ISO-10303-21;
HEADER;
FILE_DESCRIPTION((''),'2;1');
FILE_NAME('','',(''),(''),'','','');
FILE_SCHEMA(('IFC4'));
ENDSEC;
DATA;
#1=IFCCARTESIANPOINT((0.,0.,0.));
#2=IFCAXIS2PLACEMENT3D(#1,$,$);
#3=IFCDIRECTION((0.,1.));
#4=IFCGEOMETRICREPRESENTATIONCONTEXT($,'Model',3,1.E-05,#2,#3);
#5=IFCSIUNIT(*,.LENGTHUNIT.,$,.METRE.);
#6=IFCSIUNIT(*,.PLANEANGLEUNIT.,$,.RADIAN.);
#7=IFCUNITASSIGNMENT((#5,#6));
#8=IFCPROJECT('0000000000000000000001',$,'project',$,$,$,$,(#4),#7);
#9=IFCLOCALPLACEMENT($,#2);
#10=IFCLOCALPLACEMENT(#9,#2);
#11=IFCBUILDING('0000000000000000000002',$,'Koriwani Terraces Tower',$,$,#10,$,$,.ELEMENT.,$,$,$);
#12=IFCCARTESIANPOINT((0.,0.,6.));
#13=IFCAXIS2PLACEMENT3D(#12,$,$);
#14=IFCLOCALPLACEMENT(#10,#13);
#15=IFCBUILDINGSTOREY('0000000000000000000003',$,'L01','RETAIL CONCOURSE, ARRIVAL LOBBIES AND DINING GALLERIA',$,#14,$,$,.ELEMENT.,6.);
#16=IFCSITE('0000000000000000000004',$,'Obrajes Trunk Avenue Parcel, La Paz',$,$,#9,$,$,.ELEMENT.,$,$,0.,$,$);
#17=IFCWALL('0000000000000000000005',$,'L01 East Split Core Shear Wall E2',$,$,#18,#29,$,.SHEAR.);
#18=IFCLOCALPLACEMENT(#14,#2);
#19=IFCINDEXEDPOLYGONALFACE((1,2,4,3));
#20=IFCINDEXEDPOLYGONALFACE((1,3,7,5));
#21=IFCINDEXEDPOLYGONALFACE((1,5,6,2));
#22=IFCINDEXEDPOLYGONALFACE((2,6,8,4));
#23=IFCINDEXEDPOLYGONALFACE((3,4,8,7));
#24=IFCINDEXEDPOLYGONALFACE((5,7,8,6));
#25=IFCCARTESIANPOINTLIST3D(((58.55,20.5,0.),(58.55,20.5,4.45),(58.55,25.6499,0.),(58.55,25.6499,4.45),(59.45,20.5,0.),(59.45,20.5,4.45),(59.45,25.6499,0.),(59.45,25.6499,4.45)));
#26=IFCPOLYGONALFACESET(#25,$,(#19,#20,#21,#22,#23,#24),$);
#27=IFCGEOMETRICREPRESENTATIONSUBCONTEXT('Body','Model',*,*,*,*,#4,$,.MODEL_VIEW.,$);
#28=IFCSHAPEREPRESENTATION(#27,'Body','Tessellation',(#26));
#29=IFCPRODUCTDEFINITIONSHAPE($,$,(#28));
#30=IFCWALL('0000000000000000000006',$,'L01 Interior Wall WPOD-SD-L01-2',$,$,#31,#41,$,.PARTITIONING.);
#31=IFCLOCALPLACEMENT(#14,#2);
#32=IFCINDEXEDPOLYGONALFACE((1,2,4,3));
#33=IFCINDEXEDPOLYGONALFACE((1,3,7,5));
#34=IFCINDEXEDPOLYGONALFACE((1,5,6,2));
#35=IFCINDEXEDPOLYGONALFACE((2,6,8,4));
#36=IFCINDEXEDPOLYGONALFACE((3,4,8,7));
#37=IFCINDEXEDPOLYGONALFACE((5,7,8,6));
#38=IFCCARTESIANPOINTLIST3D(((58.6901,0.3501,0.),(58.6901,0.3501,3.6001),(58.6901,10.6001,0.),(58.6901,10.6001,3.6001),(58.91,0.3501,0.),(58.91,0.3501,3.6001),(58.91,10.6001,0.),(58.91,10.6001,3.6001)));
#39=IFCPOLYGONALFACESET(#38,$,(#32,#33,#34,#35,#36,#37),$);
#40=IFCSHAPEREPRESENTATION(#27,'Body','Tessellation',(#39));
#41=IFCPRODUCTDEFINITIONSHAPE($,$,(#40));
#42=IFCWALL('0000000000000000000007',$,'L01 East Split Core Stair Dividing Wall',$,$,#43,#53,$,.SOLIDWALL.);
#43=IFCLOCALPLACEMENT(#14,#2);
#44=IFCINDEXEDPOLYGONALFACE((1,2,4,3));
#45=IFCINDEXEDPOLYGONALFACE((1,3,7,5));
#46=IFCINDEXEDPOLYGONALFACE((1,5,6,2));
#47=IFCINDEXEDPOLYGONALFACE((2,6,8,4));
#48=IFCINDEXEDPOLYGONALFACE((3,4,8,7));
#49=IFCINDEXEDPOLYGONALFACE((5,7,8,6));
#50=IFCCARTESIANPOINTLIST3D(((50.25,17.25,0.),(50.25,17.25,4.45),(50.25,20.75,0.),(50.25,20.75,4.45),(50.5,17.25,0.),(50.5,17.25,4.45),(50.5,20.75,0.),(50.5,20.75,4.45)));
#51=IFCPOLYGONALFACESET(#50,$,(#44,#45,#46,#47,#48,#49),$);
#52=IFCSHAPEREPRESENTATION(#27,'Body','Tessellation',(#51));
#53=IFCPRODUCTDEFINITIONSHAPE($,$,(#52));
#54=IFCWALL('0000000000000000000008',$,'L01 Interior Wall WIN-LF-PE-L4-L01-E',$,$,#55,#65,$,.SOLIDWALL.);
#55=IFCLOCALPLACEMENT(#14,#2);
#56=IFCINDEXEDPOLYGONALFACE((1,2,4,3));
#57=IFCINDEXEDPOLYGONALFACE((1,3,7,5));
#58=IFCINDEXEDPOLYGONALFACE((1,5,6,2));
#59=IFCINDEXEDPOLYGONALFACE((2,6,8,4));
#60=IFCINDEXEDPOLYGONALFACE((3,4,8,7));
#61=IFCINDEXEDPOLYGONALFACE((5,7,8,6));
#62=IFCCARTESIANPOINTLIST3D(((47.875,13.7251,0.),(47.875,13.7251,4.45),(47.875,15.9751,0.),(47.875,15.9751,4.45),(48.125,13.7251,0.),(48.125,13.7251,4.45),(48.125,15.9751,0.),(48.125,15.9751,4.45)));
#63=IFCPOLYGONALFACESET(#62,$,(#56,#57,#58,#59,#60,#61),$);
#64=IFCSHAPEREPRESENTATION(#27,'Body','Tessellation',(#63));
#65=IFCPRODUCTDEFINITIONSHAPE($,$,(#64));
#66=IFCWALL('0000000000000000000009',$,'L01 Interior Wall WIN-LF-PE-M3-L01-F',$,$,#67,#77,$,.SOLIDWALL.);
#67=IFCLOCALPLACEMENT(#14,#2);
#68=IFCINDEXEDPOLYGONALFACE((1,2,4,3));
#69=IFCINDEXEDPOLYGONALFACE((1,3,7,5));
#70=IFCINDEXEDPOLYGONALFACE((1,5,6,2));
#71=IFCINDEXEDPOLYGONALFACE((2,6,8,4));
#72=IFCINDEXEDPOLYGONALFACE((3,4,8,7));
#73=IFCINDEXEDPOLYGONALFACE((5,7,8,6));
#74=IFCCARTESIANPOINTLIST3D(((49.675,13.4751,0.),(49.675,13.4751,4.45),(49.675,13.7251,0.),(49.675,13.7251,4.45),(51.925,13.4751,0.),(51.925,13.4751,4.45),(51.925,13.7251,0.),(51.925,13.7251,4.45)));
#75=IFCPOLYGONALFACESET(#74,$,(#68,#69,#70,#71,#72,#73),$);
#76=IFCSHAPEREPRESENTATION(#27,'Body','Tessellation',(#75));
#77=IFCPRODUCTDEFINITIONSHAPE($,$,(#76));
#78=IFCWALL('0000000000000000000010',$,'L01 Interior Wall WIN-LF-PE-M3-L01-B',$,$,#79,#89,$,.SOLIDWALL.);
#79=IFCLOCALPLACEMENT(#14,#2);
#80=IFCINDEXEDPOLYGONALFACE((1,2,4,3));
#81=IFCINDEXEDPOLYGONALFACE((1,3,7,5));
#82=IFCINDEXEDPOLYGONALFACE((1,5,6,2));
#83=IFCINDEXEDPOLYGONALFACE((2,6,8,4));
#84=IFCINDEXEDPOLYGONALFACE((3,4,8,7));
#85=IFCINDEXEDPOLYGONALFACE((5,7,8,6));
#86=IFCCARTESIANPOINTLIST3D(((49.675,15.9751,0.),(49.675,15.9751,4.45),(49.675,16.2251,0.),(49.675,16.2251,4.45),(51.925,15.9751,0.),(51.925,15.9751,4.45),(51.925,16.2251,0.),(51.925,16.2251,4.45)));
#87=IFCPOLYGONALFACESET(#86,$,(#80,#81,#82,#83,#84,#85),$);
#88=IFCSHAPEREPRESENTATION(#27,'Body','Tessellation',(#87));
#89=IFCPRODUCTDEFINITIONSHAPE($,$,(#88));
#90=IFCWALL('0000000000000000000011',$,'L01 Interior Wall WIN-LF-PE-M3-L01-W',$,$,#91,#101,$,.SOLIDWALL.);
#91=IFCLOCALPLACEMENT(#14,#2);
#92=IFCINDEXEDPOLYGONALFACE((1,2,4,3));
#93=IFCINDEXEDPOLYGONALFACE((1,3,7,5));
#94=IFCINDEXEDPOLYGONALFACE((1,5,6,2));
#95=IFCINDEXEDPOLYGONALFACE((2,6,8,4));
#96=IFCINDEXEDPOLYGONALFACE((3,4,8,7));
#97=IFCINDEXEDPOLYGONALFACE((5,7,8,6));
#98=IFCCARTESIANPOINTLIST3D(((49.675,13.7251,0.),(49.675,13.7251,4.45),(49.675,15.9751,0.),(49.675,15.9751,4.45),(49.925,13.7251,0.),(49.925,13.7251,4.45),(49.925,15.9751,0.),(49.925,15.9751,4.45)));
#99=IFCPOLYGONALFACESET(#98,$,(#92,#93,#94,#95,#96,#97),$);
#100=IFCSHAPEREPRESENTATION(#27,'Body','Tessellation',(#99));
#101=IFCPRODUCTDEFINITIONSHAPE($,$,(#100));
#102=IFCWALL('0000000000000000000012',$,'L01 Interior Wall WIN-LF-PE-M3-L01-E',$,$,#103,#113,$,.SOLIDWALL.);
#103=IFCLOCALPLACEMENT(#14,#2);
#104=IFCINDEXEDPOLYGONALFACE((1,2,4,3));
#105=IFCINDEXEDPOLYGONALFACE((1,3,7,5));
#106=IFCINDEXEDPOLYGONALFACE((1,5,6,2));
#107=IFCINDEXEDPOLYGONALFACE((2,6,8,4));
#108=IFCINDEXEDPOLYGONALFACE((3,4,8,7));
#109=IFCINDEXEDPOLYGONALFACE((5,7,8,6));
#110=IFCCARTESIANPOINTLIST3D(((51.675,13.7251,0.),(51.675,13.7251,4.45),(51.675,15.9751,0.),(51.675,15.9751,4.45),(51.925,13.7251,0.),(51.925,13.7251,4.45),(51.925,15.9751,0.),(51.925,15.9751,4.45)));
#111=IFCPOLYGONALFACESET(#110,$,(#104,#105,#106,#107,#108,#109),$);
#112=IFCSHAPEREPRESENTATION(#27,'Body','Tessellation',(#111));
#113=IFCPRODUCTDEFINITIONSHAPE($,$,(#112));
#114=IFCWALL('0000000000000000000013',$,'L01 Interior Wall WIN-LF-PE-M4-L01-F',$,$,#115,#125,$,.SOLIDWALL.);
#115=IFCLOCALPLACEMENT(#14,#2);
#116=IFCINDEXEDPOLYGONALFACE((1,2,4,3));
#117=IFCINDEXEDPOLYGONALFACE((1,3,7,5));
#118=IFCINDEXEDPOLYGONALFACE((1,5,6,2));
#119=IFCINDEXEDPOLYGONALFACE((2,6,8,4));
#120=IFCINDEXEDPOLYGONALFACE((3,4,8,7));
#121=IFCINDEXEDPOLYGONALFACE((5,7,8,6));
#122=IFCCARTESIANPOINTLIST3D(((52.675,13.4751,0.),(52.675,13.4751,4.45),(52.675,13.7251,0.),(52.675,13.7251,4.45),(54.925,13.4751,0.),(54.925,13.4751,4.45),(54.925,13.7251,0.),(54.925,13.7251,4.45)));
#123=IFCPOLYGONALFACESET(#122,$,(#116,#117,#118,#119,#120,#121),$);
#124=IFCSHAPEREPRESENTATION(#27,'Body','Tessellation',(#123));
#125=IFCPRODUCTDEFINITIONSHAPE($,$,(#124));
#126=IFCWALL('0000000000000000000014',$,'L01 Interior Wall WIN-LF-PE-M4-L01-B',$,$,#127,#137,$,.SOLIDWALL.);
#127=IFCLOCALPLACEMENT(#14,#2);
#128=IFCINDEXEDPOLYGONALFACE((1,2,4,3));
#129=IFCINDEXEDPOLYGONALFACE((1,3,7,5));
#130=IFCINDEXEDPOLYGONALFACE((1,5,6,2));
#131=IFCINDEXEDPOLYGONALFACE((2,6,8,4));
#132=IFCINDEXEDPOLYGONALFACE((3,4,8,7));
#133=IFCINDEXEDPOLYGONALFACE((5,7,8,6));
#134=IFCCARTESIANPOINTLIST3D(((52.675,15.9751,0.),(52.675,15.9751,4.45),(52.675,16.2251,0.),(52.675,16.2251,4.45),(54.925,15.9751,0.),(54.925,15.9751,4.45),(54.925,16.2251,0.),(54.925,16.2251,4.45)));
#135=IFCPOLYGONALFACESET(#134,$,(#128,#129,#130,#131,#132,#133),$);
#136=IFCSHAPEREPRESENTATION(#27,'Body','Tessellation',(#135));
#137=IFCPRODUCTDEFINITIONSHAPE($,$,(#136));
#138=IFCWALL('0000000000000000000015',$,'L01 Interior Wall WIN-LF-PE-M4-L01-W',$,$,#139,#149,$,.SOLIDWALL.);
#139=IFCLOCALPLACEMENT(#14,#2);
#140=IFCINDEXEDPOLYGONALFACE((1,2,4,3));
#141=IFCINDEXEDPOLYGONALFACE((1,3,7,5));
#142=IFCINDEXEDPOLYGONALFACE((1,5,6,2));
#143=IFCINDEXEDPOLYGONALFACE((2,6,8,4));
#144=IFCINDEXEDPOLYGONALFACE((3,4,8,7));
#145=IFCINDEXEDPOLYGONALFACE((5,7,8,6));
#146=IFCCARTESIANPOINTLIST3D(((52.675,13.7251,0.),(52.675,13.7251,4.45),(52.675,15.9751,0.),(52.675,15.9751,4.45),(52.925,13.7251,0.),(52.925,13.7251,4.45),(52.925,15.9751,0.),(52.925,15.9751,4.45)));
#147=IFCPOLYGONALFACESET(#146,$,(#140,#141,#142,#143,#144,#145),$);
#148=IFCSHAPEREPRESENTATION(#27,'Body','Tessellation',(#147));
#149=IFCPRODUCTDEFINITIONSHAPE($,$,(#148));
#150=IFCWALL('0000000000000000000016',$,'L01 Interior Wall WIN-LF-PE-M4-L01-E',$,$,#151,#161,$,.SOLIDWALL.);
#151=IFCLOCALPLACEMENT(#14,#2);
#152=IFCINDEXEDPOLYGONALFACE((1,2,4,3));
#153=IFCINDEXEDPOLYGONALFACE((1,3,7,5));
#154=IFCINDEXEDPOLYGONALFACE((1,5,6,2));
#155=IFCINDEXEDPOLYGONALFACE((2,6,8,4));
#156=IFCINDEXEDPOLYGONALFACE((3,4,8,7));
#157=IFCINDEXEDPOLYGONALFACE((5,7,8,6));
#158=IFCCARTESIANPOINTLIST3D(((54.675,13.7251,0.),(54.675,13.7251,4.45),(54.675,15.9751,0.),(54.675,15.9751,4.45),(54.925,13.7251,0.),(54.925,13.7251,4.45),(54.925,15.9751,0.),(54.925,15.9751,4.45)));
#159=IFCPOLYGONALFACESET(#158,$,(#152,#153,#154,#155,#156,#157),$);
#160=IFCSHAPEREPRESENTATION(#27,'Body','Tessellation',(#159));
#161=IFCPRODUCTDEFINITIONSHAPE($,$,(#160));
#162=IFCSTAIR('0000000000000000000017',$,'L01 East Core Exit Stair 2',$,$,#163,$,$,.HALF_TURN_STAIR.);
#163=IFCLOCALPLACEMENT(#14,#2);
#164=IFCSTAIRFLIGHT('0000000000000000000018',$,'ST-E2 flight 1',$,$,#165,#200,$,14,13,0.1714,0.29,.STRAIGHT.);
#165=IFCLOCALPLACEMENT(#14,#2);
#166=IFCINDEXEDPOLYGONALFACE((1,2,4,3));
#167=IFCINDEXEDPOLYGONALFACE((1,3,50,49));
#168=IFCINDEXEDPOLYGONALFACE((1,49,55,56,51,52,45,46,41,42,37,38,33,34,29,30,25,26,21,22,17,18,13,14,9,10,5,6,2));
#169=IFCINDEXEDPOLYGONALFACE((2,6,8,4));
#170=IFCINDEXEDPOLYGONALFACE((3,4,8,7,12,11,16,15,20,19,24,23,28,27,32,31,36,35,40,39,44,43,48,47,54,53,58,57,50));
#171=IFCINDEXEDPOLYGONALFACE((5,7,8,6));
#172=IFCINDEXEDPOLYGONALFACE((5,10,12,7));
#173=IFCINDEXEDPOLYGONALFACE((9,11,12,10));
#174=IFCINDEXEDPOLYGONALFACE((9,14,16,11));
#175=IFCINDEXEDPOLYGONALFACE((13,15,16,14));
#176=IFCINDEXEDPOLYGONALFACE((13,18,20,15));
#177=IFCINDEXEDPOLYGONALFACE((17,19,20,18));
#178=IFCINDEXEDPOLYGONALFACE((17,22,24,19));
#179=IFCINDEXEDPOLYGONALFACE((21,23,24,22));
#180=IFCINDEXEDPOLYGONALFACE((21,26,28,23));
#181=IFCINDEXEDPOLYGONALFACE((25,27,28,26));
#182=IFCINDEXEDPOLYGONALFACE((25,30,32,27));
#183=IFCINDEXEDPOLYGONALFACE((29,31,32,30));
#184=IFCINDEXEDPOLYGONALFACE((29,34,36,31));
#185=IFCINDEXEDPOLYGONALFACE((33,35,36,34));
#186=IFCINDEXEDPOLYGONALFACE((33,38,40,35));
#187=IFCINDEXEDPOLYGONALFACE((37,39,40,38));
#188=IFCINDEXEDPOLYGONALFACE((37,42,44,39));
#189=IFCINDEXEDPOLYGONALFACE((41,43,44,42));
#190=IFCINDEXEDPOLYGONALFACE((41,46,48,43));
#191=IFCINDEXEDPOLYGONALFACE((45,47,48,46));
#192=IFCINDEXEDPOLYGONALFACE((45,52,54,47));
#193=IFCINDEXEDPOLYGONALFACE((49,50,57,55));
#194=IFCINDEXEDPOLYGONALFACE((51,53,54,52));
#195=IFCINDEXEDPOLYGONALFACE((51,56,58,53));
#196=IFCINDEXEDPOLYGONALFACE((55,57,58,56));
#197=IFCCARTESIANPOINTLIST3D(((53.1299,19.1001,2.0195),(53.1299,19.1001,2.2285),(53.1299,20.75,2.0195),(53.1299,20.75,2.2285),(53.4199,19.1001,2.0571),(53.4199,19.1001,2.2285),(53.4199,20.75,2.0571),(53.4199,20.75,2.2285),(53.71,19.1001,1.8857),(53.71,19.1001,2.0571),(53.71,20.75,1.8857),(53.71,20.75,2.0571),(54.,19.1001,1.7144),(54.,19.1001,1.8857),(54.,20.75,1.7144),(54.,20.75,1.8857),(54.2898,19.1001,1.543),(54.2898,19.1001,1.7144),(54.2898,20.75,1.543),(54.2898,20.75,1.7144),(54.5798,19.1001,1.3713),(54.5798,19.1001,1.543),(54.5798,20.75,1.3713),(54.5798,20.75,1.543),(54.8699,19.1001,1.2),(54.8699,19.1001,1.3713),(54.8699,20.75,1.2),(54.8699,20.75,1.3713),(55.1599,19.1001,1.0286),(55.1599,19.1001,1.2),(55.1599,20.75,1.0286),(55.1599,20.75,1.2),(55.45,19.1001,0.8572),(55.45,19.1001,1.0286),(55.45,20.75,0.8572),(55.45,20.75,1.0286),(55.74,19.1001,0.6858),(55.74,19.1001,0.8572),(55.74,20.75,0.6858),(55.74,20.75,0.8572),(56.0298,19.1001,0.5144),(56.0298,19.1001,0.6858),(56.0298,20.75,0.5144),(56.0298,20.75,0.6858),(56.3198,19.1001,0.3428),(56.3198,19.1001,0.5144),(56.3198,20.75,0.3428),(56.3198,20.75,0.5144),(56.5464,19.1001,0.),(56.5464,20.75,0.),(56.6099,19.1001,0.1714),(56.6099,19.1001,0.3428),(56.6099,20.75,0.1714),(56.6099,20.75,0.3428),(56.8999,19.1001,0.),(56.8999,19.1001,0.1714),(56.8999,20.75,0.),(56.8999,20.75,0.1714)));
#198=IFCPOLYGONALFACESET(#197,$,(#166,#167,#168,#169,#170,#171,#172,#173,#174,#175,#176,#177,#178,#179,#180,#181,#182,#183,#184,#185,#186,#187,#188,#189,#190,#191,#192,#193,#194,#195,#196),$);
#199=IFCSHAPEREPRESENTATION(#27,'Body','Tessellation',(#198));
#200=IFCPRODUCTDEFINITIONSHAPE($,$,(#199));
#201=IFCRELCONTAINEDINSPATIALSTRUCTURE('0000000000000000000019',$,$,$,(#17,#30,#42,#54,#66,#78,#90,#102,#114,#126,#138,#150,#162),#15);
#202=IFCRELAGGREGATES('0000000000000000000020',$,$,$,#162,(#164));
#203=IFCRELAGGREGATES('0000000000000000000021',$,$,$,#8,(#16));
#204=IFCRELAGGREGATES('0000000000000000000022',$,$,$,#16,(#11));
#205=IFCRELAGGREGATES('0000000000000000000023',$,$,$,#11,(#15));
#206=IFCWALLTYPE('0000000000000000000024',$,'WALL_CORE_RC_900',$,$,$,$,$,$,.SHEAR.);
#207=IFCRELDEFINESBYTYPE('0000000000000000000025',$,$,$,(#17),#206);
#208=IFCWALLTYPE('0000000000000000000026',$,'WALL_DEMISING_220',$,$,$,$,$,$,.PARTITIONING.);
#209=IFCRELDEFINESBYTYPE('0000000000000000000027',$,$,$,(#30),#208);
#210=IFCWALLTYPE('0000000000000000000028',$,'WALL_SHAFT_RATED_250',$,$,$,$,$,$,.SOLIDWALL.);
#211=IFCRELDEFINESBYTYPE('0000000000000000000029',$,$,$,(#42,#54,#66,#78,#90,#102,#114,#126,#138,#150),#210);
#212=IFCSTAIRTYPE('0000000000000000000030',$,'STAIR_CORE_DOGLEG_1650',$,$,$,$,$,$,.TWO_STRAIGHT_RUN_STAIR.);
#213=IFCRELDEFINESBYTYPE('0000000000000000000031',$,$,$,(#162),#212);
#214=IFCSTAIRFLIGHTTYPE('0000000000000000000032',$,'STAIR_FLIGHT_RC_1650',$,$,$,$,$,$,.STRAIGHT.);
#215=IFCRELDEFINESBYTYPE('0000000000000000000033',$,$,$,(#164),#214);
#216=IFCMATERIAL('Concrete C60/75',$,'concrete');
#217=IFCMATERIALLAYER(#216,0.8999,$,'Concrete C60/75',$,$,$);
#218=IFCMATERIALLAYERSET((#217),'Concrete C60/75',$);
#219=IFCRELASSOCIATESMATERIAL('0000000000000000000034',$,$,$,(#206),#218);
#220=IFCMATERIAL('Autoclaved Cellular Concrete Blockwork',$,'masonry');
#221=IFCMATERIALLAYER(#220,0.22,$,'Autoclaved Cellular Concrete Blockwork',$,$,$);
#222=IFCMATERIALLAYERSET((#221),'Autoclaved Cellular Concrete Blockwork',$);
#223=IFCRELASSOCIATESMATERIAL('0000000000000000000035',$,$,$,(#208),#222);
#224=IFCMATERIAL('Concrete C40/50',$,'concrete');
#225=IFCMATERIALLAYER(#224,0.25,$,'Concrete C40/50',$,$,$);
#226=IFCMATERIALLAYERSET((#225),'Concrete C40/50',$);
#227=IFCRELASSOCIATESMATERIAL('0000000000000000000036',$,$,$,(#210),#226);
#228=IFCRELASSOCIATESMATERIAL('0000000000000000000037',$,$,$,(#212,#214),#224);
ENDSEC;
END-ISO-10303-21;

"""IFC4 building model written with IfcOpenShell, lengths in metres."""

from ifc_helpers import new_model, si_unit, direction, frame, frame_2d, origin, place, context, subcontext, project, spatial, polyline, rectangle, outline, extrude, material, layer, layer_set, type_object, element, aggregate, save


model = new_model("IFC4")

# Units and contexts
model_context = context("Model", 3, precision=1e-05, world=origin(), true_north=direction((0.0, 1.0)))
body_context = subcontext(model_context, "Body", "Model", "MODEL_VIEW")
ifc_project = project(units=[si_unit("LENGTHUNIT", "METRE"), si_unit("PLANEANGLEUNIT", "RADIAN")], contexts=[model_context])

# Site, building, storey
site_placement = place(None, origin())
site = spatial("IfcSite", under=ifc_project, at=site_placement, Name="Obrajes Trunk Avenue Parcel, La Paz", CompositionType="ELEMENT", RefElevation=0.0)
building_placement = place(site_placement, origin())
building = spatial("IfcBuilding", under=site, at=building_placement, Name="Koriwani Terraces Tower", CompositionType="ELEMENT")
storey_placement = place(building_placement, frame((0.0, 0.0, 6.0)))
storey = spatial("IfcBuildingStorey", under=building, at=storey_placement, Name="L01", Description="RETAIL CONCOURSE, ARRIVAL LOBBIES AND DINING GALLERIA", CompositionType="ELEMENT", Elevation=6.0)

# Shared definitions
ifc_material_1 = material(Name="Concrete C60/75", Category="concrete")

# Shared definitions
ifc_material_2 = material(Name="Concrete C40/50", Category="concrete")

# Walls
ifc_layer_1 = layer(ifc_material_1, 0.8999, Name="Concrete C60/75")
ifc_layer_set_1 = layer_set([ifc_layer_1], Name="Concrete C60/75")
wall_type_1 = type_object("IfcWallType", Name="WALL_CORE_RC_900", PredefinedType="SHEAR", material=ifc_layer_set_1)
wall_1_placement = place(storey_placement, frame((59.0, 20.5, 0.0), z_axis=(0.0, 0.0, 1.0), x_axis=(0.0, 1.0, 0.0)))
element("IfcWall", 1, at=wall_1_placement, inside=storey, type_object=wall_type_1, Name="L01 East Split Core Shear Wall E2", PredefinedType="SHEAR", context=body_context, shape_type="SweptSolid", body=[
    extrude(rectangle(XDim=5.1499, YDim=0.8999, at=frame_2d((2.575, 0.0))), origin(), (0.0, 0.0, 1.0), 4.45),
])
ifc_material_3 = material(Name="Autoclaved Cellular Concrete Blockwork", Category="masonry")
ifc_layer_2 = layer(ifc_material_3, 0.22, Name="Autoclaved Cellular Concrete Blockwork")
ifc_layer_set_2 = layer_set([ifc_layer_2], Name="Autoclaved Cellular Concrete Blockwork")
wall_type_2 = type_object("IfcWallType", Name="WALL_DEMISING_220", PredefinedType="PARTITIONING", material=ifc_layer_set_2)
wall_2_placement = place(storey_placement, frame((58.8, 0.3501, 0.0), z_axis=(0.0, 0.0, 1.0), x_axis=(0.0, 1.0, 0.0)))
element("IfcWall", 2, at=wall_2_placement, inside=storey, type_object=wall_type_2, Name="L01 Interior Wall WPOD-SD-L01-2", PredefinedType="PARTITIONING", context=body_context, shape_type="SweptSolid", body=[
    extrude(rectangle(XDim=10.25, YDim=0.22, at=frame_2d((5.125, 0.0))), origin(), (0.0, 0.0, 1.0), 3.6001),
])
ifc_layer_3 = layer(ifc_material_2, 0.25, Name="Concrete C40/50")
ifc_layer_set_3 = layer_set([ifc_layer_3], Name="Concrete C40/50")
wall_type_3 = type_object("IfcWallType", Name="WALL_SHAFT_RATED_250", PredefinedType="SOLIDWALL", material=ifc_layer_set_3)
wall_3_placement = place(storey_placement, frame((50.375, 17.25, 0.0), z_axis=(0.0, 0.0, 1.0), x_axis=(0.0, 1.0, 0.0)))
element("IfcWall", 3, at=wall_3_placement, inside=storey, type_object=wall_type_3, Name="L01 East Split Core Stair Dividing Wall", PredefinedType="SOLIDWALL", context=body_context, shape_type="SweptSolid", body=[
    extrude(rectangle(XDim=3.5, YDim=0.25, at=frame_2d((1.75, 0.0))), origin(), (0.0, 0.0, 1.0), 4.45),
])

# Walls
for number, where, z_axis, x_axis, name in (
    (4, (48.0, 13.7251, 0.0), (0.0, 0.0, 1.0), (0.0, 1.0, 0.0), "L01 Interior Wall WIN-LF-PE-L4-L01-E"),
    (5, (49.675, 13.6001, 0.0), (0.0, 0.0, 1.0), (1.0, 0.0, 0.0), "L01 Interior Wall WIN-LF-PE-M3-L01-F"),
    (6, (49.675, 16.1001, 0.0), (0.0, 0.0, 1.0), (1.0, 0.0, 0.0), "L01 Interior Wall WIN-LF-PE-M3-L01-B"),
    (7, (49.8, 13.7251, 0.0), (0.0, 0.0, 1.0), (0.0, 1.0, 0.0), "L01 Interior Wall WIN-LF-PE-M3-L01-W"),
    (8, (51.8, 13.7251, 0.0), (0.0, 0.0, 1.0), (0.0, 1.0, 0.0), "L01 Interior Wall WIN-LF-PE-M3-L01-E"),
    (9, (52.675, 13.6001, 0.0), (0.0, 0.0, 1.0), (1.0, 0.0, 0.0), "L01 Interior Wall WIN-LF-PE-M4-L01-F"),
    (10, (52.675, 16.1001, 0.0), (0.0, 0.0, 1.0), (1.0, 0.0, 0.0), "L01 Interior Wall WIN-LF-PE-M4-L01-B"),
    (11, (52.8, 13.7251, 0.0), (0.0, 0.0, 1.0), (0.0, 1.0, 0.0), "L01 Interior Wall WIN-LF-PE-M4-L01-W"),
    (12, (54.8, 13.7251, 0.0), (0.0, 0.0, 1.0), (0.0, 1.0, 0.0), "L01 Interior Wall WIN-LF-PE-M4-L01-E"),
):
    element("IfcWall", number, at=place(storey_placement, frame(where, z_axis=z_axis, x_axis=x_axis)), inside=storey, type_object=wall_type_3, Name=name, PredefinedType="SOLIDWALL", context=body_context, shape_type="SweptSolid", body=[
        extrude(rectangle(XDim=2.25, YDim=0.25, at=frame_2d((1.125, 0.0))), origin(), (0.0, 0.0, 1.0), 4.45),
    ])

# Stair, stair flight
stair_type = type_object("IfcStairType", Name="STAIR_CORE_DOGLEG_1650", PredefinedType="TWO_STRAIGHT_RUN_STAIR", material=ifc_material_2)
stair_placement = place(storey_placement, origin())
stair = element("IfcStair", 13, at=stair_placement, inside=storey, type_object=stair_type, Name="L01 East Core Exit Stair 2", PredefinedType="HALF_TURN_STAIR")
stair_flight_type = type_object("IfcStairFlightType", Name="STAIR_FLIGHT_RC_1650", PredefinedType="STRAIGHT", material=ifc_material_2)
stair_flight_1_placement = place(storey_placement, frame((56.8999, 19.925, 0.0), z_axis=(0.0, 0.0, 1.0), x_axis=(-1.0, 0.0, 0.0)))
stair_flight_1 = element("IfcStairFlight", 14, at=stair_flight_1_placement, type_object=stair_flight_type, Name="ST-E2 flight 1", NumberOfRisers=14, NumberOfTreads=13, PredefinedType="STRAIGHT", RiserHeight=0.1714, TreadLength=0.29, context=body_context, shape_type="SweptSolid", body=[
    extrude(outline(polyline([(0.0, 0.0), (0.0, 0.1714), (0.29, 0.1714), (0.29, 0.3428), (0.5801, 0.3428), (0.5801, 0.5144), (0.8701, 0.5144), (0.8701, 0.6858), (1.1599, 0.6858), (1.1599, 0.8572), (1.45, 0.8572), (1.45, 1.0286), (1.74, 1.0286), (1.74, 1.2), (2.03, 1.2), (2.03, 1.3713), (2.3201, 1.3713), (2.3201, 1.543), (2.6101, 1.543), (2.6101, 1.7144), (2.8999, 1.7144), (2.8999, 1.8857), (3.1899, 1.8857), (3.1899, 2.0571), (3.48, 2.0571), (3.48, 2.2285), (3.77, 2.2285), (3.77, 2.3999), (3.77, 2.0195), (0.3535, 0.0), (0.0, 0.0)])), frame((0.0, 0.825, 0.0), z_axis=(0.0, -1.0, 0.0), x_axis=(1.0, 0.0, 0.0)), (0.0, 0.0, 1.0), 1.6499),
])
aggregate(stair, [stair_flight_1])

save(model, "model.ifc")
